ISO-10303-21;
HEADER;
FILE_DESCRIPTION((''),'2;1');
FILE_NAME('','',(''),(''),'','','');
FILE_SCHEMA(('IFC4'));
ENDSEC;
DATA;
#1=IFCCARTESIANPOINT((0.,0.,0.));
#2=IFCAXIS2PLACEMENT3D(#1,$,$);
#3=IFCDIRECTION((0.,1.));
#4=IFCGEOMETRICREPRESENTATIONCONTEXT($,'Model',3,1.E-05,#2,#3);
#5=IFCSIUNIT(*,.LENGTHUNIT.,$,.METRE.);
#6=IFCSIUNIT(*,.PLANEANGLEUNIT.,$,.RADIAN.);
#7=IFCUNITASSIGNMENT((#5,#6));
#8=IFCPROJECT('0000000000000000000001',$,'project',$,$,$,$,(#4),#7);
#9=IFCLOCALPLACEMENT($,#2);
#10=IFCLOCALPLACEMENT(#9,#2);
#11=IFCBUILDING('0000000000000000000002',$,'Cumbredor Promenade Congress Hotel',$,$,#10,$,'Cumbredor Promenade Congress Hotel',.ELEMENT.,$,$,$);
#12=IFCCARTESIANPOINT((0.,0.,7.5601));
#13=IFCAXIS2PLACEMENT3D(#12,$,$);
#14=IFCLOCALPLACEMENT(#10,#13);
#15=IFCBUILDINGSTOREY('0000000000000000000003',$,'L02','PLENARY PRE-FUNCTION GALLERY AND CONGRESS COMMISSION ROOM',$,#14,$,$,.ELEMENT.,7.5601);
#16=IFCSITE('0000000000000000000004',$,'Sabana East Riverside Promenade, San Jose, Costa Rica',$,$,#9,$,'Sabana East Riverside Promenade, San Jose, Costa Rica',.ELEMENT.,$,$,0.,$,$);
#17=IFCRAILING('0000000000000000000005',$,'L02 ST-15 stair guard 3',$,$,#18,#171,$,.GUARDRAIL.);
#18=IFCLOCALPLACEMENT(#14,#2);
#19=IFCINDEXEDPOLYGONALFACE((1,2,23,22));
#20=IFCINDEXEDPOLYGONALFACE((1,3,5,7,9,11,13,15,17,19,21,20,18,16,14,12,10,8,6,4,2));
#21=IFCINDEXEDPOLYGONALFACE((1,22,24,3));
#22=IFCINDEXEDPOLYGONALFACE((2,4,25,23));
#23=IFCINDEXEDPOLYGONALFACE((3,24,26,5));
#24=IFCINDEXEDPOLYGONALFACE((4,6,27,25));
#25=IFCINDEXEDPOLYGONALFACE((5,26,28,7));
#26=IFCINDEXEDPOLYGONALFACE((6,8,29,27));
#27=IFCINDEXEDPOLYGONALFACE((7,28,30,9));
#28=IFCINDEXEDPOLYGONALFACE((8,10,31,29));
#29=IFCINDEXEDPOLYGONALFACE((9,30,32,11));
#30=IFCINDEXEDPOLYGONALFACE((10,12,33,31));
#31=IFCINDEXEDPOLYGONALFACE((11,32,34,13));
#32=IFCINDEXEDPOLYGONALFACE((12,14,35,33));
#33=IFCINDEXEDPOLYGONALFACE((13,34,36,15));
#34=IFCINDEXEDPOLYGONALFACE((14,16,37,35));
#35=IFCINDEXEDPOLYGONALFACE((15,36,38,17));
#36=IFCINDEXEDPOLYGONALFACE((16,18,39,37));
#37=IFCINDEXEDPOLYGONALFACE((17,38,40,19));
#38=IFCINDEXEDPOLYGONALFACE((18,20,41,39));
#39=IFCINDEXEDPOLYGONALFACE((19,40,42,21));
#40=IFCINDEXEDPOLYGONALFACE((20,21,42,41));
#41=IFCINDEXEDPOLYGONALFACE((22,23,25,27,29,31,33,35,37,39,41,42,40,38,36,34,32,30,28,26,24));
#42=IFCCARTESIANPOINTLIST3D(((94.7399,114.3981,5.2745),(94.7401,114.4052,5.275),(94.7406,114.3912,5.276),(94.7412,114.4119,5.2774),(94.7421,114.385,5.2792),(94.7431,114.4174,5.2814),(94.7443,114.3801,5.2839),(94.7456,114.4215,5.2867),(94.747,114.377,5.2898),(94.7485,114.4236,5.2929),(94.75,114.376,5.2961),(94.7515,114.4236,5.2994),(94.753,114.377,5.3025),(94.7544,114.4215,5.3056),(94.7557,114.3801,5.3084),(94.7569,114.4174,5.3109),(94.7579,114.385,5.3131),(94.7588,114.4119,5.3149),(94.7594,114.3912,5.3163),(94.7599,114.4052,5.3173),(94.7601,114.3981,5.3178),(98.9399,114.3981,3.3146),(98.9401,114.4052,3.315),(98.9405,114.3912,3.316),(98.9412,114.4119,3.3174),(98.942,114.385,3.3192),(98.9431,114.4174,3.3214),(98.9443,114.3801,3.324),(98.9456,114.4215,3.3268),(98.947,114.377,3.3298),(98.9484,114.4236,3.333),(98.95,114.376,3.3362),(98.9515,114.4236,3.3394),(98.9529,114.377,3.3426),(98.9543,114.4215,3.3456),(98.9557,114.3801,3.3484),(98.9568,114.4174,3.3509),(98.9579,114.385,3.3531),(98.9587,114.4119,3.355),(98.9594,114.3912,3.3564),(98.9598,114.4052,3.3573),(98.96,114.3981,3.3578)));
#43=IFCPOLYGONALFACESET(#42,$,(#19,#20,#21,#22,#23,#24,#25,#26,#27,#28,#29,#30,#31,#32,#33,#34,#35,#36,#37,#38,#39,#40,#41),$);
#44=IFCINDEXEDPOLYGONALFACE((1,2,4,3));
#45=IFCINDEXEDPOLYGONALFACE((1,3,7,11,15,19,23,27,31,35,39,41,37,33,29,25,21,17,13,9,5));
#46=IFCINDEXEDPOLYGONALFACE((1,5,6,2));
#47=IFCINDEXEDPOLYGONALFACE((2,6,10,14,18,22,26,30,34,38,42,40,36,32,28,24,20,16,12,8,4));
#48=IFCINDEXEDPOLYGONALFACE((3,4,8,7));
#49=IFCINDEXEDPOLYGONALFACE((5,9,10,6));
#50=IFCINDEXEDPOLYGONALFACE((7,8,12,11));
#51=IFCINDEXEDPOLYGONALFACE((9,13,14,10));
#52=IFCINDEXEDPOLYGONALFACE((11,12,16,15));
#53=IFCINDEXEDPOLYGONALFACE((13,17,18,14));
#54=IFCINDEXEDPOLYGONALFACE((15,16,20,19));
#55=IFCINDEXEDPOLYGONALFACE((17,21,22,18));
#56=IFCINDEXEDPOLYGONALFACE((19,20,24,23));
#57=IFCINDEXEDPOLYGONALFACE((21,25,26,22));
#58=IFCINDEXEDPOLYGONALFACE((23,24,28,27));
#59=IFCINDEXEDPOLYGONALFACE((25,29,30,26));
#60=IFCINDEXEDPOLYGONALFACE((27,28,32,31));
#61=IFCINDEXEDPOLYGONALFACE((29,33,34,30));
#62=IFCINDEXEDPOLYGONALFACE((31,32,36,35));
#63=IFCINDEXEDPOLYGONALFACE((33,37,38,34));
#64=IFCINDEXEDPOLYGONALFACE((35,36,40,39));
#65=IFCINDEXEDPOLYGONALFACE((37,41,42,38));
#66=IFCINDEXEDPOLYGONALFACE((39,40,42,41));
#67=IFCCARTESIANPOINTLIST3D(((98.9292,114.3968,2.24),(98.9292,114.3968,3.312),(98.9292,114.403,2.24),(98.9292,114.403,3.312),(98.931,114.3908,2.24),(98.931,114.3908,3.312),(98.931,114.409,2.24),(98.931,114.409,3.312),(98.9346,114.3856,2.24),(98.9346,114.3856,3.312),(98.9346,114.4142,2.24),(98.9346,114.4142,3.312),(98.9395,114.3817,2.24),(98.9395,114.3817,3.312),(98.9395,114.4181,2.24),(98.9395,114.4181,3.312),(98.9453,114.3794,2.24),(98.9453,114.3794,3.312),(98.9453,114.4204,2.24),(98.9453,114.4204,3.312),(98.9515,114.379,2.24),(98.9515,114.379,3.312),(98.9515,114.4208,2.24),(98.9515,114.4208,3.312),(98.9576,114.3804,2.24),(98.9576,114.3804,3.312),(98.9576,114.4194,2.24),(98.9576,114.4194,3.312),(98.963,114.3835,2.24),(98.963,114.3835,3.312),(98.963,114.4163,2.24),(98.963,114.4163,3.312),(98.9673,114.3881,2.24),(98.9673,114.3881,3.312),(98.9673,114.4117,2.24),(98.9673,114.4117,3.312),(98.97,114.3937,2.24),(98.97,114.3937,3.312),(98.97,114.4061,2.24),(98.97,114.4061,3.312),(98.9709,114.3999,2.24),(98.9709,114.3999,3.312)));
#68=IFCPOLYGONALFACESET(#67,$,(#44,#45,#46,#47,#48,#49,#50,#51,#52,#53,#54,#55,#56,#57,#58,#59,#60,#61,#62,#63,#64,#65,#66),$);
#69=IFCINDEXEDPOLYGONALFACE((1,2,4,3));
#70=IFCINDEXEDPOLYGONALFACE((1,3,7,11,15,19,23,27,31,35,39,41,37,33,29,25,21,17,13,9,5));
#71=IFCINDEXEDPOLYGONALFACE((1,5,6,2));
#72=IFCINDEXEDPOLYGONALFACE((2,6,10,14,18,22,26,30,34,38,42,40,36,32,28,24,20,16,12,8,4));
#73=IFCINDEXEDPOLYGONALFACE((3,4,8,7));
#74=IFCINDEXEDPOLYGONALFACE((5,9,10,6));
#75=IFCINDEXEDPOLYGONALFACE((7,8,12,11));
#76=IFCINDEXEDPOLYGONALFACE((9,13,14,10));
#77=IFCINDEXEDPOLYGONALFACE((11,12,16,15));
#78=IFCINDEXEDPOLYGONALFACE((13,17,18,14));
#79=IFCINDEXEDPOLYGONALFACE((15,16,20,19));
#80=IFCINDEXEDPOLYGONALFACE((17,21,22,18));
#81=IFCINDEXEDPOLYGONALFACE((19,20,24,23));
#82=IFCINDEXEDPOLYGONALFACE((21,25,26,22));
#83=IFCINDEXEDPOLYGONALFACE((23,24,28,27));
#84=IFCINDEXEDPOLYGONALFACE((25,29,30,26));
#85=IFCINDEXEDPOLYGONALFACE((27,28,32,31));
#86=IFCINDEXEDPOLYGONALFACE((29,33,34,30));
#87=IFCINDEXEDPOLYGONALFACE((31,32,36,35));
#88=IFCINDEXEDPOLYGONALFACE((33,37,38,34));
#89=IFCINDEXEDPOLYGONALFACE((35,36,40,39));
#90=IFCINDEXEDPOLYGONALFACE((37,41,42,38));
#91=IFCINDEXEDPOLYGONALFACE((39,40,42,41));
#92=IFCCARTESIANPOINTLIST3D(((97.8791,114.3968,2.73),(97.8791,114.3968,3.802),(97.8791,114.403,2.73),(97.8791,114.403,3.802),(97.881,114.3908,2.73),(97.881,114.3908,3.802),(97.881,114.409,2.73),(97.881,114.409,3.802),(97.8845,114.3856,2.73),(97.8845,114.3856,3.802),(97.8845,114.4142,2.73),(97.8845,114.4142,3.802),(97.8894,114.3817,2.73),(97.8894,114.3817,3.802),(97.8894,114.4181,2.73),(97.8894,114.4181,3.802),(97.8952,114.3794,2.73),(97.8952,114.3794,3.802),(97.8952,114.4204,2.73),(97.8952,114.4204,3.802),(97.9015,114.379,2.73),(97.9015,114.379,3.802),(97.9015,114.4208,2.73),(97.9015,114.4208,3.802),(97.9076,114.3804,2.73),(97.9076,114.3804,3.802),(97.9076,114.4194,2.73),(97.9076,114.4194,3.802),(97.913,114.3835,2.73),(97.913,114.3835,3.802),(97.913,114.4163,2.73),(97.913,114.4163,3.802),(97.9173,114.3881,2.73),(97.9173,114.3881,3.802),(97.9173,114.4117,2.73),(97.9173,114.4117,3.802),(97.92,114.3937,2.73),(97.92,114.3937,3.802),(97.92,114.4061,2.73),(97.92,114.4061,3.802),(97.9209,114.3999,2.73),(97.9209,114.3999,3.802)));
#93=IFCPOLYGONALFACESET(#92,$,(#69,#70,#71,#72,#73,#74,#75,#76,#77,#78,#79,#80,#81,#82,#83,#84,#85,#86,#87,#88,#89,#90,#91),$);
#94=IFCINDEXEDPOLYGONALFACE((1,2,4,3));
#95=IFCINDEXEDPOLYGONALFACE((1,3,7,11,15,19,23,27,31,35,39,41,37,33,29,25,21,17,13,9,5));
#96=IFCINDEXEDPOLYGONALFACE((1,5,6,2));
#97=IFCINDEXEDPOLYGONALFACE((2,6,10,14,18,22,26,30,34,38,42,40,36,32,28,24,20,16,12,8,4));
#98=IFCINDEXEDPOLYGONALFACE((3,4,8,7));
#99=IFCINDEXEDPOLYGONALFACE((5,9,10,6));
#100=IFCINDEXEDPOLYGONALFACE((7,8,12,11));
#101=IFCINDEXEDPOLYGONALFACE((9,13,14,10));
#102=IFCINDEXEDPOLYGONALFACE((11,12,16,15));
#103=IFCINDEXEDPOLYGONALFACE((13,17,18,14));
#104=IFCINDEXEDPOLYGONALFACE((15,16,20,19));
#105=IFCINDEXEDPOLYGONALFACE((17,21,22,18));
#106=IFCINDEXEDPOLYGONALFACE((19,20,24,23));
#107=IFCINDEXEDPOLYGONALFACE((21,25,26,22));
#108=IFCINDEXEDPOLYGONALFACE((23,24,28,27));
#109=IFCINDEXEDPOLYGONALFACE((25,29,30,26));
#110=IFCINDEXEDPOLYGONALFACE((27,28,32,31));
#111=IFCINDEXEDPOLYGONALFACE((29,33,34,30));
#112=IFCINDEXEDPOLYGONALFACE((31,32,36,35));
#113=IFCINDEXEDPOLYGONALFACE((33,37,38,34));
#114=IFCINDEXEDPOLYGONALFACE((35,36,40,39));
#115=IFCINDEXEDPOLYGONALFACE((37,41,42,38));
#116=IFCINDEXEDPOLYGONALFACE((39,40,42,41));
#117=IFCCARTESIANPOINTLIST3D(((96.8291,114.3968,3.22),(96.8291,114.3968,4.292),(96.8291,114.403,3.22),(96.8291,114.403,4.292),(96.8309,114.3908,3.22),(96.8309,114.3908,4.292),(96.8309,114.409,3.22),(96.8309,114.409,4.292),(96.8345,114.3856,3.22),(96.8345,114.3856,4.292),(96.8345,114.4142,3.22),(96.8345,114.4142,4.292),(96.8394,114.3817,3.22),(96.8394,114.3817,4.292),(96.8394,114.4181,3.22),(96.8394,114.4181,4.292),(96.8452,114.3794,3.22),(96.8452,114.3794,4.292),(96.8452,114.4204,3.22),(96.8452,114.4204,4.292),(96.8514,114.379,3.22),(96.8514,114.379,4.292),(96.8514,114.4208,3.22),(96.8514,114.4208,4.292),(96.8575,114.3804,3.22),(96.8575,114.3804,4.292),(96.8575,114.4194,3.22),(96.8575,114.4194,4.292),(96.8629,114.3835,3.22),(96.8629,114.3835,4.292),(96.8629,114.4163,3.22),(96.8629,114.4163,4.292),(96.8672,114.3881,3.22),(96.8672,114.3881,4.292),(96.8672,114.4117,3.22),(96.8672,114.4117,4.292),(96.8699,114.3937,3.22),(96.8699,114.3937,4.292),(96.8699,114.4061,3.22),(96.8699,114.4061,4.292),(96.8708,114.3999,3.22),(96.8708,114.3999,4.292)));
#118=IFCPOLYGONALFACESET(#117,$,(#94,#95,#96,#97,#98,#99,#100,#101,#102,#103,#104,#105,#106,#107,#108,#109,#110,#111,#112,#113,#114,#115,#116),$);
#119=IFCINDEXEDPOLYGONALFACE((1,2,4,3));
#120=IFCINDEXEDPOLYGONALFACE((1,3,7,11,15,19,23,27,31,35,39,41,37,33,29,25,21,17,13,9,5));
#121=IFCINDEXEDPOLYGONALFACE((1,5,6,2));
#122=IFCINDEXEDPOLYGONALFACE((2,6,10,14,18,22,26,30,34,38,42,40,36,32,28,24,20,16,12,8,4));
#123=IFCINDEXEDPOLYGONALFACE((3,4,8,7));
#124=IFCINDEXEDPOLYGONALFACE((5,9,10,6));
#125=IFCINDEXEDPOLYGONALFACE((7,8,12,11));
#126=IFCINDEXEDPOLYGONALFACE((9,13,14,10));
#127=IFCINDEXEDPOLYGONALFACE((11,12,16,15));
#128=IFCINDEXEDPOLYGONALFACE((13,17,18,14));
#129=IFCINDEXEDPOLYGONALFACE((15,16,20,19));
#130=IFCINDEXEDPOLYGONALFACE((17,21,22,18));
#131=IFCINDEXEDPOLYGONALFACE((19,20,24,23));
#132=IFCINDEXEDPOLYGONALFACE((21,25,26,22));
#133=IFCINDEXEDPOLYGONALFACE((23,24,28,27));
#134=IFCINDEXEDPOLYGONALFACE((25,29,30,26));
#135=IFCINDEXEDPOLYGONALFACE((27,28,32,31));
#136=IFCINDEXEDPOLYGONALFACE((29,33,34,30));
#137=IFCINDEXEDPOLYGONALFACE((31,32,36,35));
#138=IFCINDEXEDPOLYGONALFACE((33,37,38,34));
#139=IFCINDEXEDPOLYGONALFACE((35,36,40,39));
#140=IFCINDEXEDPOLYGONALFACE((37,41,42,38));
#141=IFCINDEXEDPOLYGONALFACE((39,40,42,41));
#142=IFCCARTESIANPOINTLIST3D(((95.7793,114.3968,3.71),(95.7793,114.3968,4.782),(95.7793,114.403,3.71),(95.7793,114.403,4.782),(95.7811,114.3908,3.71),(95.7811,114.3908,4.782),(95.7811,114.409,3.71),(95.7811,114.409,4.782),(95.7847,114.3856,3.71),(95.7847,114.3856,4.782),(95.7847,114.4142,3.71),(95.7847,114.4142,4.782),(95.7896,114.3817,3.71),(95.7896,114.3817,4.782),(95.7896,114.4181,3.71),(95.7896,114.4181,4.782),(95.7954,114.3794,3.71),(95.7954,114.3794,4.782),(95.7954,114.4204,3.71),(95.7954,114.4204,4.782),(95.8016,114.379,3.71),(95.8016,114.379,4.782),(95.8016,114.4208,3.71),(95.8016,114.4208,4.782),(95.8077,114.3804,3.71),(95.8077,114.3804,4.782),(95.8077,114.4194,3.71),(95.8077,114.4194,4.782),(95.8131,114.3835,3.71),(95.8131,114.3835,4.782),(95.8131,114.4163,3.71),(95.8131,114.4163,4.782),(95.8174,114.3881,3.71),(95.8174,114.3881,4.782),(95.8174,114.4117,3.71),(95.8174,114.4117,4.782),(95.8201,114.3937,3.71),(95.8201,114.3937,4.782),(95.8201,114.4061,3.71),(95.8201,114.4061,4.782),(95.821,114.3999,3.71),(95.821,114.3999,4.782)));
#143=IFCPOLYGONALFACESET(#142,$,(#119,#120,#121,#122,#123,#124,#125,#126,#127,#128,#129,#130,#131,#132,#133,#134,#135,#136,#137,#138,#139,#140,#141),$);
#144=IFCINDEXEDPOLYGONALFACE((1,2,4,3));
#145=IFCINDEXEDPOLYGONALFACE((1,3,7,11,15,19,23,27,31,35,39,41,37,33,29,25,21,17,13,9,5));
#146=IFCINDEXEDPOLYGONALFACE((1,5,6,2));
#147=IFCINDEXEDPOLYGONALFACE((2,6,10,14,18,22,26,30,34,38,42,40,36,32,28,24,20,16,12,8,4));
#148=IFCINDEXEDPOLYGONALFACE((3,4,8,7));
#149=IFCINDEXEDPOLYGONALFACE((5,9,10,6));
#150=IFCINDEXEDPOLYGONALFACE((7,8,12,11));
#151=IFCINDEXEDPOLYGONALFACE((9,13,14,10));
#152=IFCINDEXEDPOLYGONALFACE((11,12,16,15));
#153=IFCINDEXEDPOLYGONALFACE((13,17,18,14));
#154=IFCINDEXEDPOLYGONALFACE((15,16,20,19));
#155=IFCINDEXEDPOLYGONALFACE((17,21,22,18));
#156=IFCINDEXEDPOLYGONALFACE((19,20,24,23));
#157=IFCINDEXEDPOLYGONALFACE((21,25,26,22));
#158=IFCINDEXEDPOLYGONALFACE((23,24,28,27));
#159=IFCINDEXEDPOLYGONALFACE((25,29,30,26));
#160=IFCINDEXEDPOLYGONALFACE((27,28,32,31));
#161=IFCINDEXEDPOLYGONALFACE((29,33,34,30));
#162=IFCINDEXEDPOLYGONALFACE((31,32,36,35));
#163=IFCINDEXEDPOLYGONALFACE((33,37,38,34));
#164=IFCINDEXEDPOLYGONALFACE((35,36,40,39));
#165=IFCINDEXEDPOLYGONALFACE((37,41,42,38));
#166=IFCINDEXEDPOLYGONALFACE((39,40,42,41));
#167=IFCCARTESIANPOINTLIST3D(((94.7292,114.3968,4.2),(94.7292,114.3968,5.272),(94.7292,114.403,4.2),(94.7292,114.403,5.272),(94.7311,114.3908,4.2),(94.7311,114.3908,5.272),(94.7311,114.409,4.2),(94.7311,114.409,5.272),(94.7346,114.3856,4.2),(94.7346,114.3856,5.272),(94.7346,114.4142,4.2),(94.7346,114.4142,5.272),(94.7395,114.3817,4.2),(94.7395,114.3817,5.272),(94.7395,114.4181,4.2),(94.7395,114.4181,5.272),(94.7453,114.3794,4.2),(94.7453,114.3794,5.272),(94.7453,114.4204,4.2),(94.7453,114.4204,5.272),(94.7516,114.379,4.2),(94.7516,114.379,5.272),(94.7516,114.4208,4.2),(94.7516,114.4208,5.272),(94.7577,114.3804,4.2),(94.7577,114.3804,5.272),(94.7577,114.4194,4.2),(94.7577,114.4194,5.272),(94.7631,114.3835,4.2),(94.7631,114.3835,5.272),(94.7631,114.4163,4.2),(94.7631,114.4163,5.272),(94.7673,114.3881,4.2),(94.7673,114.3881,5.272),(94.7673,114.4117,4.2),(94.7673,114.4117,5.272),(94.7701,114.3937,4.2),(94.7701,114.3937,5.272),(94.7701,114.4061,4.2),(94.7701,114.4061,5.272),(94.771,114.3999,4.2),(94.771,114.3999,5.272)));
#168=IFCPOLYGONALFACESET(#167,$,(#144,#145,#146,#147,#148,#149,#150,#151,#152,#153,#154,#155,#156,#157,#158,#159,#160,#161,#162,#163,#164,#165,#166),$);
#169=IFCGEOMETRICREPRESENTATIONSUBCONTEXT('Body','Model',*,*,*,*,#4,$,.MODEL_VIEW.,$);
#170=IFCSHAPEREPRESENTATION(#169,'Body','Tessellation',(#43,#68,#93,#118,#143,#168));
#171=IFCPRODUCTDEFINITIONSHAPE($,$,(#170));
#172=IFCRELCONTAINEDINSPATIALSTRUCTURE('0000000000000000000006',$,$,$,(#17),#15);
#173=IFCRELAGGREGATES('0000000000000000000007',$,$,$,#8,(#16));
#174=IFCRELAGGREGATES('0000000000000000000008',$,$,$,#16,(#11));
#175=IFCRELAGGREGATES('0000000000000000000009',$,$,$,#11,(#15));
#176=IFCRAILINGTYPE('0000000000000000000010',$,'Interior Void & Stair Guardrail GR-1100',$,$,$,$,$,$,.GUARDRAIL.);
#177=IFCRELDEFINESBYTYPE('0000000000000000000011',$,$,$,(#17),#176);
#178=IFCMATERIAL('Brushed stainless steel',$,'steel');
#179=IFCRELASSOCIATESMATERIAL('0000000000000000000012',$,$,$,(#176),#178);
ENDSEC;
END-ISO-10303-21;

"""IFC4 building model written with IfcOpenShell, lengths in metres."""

from ifc_helpers import new_model, si_unit, direction, frame, origin, origin_2d, place, context, subcontext, project, spatial, circle, extrude, material, type_object, element, save


model = new_model("IFC4")

# Units and contexts
model_context = context("Model", 3, precision=1e-05, world=origin(), true_north=direction((0.0, 1.0)))
body_context = subcontext(model_context, "Body", "Model", "MODEL_VIEW")
ifc_project = project(units=[si_unit("LENGTHUNIT", "METRE"), si_unit("PLANEANGLEUNIT", "RADIAN")], contexts=[model_context])

# Site, building, storey
site_placement = place(None, origin())
site = spatial("IfcSite", under=ifc_project, at=site_placement, Name="Sabana East Riverside Promenade, San Jose, Costa Rica", LongName="Sabana East Riverside Promenade, San Jose, Costa Rica", CompositionType="ELEMENT", RefElevation=0.0)
building_placement = place(site_placement, origin())
building = spatial("IfcBuilding", under=site, at=building_placement, Name="Cumbredor Promenade Congress Hotel", LongName="Cumbredor Promenade Congress Hotel", CompositionType="ELEMENT")
storey_placement = place(building_placement, frame((0.0, 0.0, 7.5601)))
storey = spatial("IfcBuildingStorey", under=building, at=storey_placement, Name="L02", Description="PLENARY PRE-FUNCTION GALLERY AND CONGRESS COMMISSION ROOM", CompositionType="ELEMENT", Elevation=7.5601)

# Railing
ifc_material_1 = material(Name="Brushed stainless steel", Category="steel")
railing_type_1 = type_object("IfcRailingType", Name="Interior Void & Stair Guardrail GR-1100", PredefinedType="GUARDRAIL", material=ifc_material_1)
railing_1_placement = place(storey_placement, frame((98.95, 114.3999, 2.24)))
element("IfcRailing", 1, at=railing_1_placement, inside=storey, type_object=railing_type_1, Name="L02 ST-15 stair guard 3", PredefinedType="GUARDRAIL", context=body_context, shape_type="SweptSolid", body=[
    extrude(circle(Radius=0.0239, at=origin_2d()), frame((0.0, 0.0, 1.0962), z_axis=(-0.906184, 0.0, 0.422883), x_axis=(0.0, -1.0, 0.0)), (0.0, 0.0, 1.0), 4.6348),
    extrude(circle(Radius=0.021, at=origin_2d()), origin(), (0.0, 0.0, 1.0), 1.072),
    extrude(circle(Radius=0.021, at=origin_2d()), frame((-1.05, 0.0, 0.49)), (0.0, 0.0, 1.0), 1.072),
    extrude(circle(Radius=0.021, at=origin_2d()), frame((-2.1001, 0.0, 0.98)), (0.0, 0.0, 1.0), 1.072),
    extrude(circle(Radius=0.021, at=origin_2d()), frame((-3.1499, 0.0, 1.47)), (0.0, 0.0, 1.0), 1.072),
    extrude(circle(Radius=0.021, at=origin_2d()), frame((-4.2, 0.0, 1.96)), (0.0, 0.0, 1.0), 1.072),
])

save(model, "model.ifc")
